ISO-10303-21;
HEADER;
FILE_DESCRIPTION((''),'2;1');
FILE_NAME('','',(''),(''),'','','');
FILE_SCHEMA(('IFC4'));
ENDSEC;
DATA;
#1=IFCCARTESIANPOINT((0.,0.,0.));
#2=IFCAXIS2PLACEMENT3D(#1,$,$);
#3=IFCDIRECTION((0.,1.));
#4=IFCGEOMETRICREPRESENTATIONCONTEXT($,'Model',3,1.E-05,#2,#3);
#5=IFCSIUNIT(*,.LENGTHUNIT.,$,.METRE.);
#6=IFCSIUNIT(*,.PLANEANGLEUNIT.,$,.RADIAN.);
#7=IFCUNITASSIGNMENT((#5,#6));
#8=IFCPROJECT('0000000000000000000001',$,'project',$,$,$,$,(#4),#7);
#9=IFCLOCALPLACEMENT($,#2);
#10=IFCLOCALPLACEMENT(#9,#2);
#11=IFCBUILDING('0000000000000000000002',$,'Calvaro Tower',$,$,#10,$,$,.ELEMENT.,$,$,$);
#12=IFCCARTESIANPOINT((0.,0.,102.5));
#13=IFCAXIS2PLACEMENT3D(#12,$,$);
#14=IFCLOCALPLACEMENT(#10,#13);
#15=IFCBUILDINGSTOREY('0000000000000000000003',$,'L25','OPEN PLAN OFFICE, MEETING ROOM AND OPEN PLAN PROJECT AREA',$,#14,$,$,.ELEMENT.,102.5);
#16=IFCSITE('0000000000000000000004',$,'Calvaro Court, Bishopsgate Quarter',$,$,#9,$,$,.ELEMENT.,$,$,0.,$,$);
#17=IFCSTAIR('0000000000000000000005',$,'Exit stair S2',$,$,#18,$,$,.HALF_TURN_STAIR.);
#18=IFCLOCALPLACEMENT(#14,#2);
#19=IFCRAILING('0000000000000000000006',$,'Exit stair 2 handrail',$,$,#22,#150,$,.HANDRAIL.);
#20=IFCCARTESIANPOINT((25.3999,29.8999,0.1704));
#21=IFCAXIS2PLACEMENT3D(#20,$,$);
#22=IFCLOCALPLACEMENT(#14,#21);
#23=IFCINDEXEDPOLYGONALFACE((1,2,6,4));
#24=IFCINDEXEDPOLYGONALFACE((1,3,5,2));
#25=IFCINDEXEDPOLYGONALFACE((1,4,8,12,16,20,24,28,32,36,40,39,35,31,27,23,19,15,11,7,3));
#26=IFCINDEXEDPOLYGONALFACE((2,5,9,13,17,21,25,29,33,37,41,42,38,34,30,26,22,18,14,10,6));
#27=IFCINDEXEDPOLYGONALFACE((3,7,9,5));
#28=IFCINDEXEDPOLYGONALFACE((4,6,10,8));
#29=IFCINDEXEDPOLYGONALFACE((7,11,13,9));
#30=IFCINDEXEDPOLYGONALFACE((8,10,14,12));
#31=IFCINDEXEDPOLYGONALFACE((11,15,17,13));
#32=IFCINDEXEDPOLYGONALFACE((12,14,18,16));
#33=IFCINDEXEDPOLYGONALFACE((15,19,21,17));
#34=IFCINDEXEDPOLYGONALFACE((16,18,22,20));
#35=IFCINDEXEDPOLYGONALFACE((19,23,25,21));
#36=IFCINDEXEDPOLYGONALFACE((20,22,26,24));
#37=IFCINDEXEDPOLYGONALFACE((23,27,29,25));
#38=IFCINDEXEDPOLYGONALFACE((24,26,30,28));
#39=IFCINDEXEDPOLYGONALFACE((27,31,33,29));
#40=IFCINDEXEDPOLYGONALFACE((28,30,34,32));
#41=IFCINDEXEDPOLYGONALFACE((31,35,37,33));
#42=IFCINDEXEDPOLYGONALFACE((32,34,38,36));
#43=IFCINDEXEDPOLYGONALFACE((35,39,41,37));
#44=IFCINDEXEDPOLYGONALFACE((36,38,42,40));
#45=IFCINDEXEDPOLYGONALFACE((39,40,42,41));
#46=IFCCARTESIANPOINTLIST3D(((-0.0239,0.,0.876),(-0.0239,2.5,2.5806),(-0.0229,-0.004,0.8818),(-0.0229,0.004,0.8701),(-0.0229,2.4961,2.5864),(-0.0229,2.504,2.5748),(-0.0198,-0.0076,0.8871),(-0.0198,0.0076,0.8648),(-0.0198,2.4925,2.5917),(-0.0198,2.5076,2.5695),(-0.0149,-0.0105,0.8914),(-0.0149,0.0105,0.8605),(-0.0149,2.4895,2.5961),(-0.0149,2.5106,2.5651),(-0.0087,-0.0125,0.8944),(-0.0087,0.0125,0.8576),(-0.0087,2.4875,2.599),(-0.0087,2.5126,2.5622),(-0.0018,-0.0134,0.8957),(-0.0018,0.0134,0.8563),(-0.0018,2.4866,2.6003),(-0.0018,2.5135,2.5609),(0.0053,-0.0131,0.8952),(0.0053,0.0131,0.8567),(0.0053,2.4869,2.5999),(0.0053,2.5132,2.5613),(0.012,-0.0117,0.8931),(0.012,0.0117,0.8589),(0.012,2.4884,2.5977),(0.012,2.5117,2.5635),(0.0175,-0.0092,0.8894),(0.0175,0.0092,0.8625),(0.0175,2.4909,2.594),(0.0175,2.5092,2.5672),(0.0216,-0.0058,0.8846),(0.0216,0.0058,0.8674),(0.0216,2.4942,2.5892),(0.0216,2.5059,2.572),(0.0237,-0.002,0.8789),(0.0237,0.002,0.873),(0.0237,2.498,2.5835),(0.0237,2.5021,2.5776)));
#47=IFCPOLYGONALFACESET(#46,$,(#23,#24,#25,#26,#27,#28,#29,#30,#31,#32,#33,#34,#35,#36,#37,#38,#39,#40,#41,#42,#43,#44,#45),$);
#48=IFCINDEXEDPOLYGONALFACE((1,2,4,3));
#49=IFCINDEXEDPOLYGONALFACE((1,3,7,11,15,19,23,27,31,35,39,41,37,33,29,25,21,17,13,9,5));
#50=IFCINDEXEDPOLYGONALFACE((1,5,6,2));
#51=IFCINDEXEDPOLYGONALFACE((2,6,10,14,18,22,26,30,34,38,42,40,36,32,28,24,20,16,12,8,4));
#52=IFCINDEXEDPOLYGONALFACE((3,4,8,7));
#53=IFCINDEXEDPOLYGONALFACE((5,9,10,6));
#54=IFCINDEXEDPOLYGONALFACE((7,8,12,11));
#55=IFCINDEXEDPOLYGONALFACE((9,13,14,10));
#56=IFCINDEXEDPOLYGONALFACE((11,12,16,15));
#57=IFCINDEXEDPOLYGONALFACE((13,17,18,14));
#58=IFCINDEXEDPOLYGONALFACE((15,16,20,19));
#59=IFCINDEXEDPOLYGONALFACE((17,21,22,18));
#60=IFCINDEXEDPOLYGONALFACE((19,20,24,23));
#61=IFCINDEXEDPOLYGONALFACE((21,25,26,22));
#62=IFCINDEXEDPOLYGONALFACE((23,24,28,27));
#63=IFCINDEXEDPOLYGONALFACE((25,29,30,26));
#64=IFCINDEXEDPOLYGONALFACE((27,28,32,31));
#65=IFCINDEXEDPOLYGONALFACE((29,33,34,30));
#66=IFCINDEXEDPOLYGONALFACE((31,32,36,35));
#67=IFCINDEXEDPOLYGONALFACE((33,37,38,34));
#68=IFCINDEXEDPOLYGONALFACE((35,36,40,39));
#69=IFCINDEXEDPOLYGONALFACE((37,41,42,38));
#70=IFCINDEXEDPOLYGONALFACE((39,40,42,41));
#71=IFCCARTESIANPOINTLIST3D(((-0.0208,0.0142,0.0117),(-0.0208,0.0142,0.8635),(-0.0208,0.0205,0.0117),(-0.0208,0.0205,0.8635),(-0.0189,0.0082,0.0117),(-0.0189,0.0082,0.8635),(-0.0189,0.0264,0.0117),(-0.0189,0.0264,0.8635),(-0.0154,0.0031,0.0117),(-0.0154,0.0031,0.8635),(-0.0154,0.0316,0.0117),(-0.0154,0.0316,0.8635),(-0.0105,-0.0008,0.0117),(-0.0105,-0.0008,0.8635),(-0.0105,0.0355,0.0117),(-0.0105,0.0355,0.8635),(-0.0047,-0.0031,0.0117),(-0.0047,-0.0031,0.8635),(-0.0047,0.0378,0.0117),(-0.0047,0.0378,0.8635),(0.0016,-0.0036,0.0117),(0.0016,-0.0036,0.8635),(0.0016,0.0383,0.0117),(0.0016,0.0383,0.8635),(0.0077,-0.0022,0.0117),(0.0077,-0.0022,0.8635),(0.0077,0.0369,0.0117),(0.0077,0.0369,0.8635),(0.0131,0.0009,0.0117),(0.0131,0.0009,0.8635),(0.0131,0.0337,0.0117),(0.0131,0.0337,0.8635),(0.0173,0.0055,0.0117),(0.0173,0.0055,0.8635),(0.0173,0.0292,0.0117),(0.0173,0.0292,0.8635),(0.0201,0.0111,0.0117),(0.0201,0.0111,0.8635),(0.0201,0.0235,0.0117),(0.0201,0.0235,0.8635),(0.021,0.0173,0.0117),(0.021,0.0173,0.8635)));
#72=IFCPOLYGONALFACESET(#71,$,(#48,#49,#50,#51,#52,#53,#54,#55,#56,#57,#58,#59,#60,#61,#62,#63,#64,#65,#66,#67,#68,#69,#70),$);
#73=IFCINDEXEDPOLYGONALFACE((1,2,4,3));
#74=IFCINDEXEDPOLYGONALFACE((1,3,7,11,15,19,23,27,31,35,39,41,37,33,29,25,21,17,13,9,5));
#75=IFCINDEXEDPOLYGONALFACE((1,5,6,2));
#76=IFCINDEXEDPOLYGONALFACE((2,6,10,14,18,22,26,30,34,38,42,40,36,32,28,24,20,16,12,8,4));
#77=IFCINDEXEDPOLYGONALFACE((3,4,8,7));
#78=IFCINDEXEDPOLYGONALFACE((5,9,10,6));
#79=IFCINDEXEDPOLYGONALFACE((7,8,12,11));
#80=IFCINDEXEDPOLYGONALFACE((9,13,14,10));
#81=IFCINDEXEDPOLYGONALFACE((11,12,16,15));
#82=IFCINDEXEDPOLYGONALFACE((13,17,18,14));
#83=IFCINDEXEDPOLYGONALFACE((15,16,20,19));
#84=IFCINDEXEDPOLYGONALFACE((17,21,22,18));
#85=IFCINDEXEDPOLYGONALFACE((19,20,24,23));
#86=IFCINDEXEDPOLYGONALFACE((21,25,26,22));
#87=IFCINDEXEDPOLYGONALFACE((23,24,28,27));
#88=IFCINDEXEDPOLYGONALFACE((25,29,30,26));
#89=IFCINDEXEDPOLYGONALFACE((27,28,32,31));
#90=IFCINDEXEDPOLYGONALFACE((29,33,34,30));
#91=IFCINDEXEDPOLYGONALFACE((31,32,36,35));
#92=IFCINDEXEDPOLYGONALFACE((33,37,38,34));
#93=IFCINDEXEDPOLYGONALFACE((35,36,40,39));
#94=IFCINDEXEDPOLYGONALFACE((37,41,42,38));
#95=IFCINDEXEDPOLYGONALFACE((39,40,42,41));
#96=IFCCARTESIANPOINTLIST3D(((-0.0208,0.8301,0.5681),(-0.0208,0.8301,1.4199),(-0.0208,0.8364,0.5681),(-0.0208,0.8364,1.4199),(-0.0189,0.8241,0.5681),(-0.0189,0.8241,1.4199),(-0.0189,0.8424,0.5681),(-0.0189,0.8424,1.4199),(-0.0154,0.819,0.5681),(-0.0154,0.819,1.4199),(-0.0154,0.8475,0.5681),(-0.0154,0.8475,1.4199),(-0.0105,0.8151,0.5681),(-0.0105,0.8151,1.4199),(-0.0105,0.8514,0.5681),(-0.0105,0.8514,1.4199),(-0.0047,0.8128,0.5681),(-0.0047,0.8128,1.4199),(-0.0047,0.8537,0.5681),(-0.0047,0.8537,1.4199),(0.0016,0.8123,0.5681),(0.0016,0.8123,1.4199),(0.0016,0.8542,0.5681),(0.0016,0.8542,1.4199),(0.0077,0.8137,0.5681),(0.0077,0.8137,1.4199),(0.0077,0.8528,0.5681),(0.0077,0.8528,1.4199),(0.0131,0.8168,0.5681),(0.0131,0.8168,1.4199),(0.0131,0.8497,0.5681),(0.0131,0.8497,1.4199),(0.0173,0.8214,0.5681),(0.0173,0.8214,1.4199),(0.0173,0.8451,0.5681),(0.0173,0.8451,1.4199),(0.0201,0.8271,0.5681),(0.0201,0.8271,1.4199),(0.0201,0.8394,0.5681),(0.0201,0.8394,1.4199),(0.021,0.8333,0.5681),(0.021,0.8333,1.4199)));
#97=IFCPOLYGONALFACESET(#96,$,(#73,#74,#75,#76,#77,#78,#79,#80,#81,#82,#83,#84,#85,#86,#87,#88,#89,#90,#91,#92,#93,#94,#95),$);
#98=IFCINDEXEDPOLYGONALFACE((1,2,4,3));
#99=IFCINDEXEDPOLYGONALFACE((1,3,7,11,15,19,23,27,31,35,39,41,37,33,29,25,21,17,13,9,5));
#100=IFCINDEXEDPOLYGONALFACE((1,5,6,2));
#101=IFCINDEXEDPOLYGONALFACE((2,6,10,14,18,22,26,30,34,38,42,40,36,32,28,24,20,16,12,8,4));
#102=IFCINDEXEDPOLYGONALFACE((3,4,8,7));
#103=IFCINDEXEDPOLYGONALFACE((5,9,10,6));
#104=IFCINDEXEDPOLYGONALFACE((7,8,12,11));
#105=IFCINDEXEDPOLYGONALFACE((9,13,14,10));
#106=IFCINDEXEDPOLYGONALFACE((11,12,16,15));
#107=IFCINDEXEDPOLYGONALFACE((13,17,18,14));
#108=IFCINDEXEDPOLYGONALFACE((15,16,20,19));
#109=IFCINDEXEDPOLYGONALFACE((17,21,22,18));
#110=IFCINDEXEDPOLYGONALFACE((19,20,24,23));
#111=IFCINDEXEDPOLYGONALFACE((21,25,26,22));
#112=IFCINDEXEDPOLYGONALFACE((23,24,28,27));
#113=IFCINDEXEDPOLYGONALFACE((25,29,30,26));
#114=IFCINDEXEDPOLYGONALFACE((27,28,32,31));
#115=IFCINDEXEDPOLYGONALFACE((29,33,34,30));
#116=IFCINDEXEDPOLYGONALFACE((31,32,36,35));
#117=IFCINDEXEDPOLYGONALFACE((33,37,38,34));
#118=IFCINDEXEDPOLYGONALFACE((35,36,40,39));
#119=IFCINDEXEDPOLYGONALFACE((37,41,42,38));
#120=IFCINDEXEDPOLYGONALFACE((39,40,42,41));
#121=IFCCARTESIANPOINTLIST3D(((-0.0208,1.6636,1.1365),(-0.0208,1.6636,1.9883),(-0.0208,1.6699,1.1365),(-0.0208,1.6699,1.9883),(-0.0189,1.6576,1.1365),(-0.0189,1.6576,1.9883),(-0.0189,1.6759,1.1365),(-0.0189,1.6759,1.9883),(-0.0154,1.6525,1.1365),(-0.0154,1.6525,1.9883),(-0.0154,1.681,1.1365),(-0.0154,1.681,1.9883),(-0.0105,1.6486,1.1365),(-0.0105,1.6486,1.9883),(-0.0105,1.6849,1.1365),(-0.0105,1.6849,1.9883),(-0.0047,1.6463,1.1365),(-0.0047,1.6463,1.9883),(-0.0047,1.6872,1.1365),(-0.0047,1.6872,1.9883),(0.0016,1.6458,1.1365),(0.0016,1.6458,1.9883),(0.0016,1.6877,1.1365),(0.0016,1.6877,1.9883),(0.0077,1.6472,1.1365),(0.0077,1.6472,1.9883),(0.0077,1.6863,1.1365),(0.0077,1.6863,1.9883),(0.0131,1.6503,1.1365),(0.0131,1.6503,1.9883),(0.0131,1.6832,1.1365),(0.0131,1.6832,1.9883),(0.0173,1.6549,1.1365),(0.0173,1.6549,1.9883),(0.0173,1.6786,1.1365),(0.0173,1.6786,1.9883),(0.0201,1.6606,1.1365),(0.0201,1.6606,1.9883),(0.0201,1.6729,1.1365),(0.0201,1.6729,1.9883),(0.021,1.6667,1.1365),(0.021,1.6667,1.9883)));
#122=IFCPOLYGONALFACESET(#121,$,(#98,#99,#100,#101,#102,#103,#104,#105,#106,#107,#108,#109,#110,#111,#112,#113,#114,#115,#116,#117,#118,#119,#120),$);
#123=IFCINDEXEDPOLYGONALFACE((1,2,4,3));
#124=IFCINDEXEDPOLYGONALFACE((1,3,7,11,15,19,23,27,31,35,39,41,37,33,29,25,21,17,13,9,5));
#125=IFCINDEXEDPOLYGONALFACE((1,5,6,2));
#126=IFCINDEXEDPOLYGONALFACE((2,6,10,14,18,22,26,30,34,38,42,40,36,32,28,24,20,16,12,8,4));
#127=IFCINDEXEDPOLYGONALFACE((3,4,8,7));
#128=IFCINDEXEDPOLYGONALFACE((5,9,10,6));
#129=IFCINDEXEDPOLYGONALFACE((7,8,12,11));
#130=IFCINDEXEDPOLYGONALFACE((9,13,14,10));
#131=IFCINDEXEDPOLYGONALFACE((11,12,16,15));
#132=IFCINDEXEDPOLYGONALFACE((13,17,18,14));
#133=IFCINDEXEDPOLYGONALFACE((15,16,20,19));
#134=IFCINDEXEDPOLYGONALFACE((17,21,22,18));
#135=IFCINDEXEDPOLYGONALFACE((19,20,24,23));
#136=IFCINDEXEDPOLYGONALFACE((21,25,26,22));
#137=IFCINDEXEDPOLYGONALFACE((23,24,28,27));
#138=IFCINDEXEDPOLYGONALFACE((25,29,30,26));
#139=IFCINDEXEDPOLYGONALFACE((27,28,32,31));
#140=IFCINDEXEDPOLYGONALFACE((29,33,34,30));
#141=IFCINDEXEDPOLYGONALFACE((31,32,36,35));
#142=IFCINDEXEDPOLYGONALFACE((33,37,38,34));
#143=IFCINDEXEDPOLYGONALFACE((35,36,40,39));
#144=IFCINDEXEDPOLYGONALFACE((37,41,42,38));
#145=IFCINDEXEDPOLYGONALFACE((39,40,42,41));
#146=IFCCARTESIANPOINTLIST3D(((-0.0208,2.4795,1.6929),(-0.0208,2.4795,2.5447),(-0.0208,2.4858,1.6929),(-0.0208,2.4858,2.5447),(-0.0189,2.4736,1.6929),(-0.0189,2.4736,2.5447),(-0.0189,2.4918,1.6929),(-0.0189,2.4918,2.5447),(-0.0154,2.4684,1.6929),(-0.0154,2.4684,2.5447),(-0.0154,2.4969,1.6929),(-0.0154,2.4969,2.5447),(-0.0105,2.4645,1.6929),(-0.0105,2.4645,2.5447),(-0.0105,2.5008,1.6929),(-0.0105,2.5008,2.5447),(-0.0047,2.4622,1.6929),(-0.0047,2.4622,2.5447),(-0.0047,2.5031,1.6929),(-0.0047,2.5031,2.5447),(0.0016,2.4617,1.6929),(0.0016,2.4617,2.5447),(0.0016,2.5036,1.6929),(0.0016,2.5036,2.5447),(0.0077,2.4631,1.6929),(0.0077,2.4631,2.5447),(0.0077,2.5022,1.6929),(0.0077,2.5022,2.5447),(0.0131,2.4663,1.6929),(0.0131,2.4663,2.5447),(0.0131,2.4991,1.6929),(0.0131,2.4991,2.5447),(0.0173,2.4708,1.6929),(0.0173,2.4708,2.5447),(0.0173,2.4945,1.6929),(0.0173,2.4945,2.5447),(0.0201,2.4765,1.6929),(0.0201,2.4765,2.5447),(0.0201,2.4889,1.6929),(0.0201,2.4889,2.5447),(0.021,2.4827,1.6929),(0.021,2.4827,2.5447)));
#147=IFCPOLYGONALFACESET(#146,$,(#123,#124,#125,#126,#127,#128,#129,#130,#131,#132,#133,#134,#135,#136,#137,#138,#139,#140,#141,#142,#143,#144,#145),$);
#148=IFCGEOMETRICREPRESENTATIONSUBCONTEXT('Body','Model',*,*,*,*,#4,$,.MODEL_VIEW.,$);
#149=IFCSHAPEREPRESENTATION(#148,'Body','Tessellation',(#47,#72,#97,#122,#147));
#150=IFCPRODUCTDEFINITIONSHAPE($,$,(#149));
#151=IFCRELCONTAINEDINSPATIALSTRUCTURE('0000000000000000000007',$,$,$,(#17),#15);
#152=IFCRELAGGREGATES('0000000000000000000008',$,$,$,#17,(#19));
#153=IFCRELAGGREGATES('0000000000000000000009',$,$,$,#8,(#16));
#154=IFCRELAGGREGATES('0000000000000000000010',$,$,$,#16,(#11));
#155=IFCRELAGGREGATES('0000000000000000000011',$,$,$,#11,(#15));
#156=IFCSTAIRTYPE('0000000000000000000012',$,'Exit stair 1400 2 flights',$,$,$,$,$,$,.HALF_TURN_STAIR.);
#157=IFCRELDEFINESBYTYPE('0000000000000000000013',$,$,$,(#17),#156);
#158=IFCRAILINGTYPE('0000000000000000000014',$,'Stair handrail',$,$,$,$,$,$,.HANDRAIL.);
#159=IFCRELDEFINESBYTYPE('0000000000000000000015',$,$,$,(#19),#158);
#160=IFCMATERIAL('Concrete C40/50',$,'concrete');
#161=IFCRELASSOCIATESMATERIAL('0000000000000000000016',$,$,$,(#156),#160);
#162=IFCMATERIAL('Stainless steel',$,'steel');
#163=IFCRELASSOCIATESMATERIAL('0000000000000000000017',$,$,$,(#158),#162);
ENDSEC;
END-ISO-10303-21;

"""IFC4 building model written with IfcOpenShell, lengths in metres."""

from ifc_helpers import new_model, si_unit, direction, frame, origin, origin_2d, place, context, subcontext, project, spatial, circle, extrude, material, type_object, element, aggregate, save


model = new_model("IFC4")

# Units and contexts
model_context = context("Model", 3, precision=1e-05, world=origin(), true_north=direction((0.0, 1.0)))
body_context = subcontext(model_context, "Body", "Model", "MODEL_VIEW")
ifc_project = project(units=[si_unit("LENGTHUNIT", "METRE"), si_unit("PLANEANGLEUNIT", "RADIAN")], contexts=[model_context])

# Site, building, storey
site_placement = place(None, origin())
site = spatial("IfcSite", under=ifc_project, at=site_placement, Name="Calvaro Court, Bishopsgate Quarter", CompositionType="ELEMENT", RefElevation=0.0)
building_placement = place(site_placement, origin())
building = spatial("IfcBuilding", under=site, at=building_placement, Name="Calvaro Tower", CompositionType="ELEMENT")
storey_placement = place(building_placement, frame((0.0, 0.0, 102.5)))
storey = spatial("IfcBuildingStorey", under=building, at=storey_placement, Name="L25", Description="OPEN PLAN OFFICE, MEETING ROOM AND OPEN PLAN PROJECT AREA", CompositionType="ELEMENT", Elevation=102.5)

# Stair, railing
ifc_material_1 = material(Name="Concrete C40/50", Category="concrete")
stair_type = type_object("IfcStairType", Name="Exit stair 1400 2 flights", PredefinedType="HALF_TURN_STAIR", material=ifc_material_1)
stair_placement = place(storey_placement, origin())
stair = element("IfcStair", 1, at=stair_placement, inside=storey, type_object=stair_type, Name="Exit stair S2", PredefinedType="HALF_TURN_STAIR")
ifc_material_2 = material(Name="Stainless steel", Category="steel")
railing_type = type_object("IfcRailingType", Name="Stair handrail", PredefinedType="HANDRAIL", material=ifc_material_2)
railing_1_placement = place(storey_placement, frame((25.3999, 29.8999, 0.1704)))
railing_1 = element("IfcRailing", 2, at=railing_1_placement, type_object=railing_type, Name="Exit stair 2 handrail", PredefinedType="HANDRAIL", context=body_context, shape_type="SweptSolid", body=[
    extrude(circle(Radius=0.0239, at=origin_2d()), frame((0.0, 0.0, 0.876), z_axis=(0.0, 0.826221, 0.563347), x_axis=(-1.0, 0.0, 0.0)), (0.0, 0.0, 1.0), 3.0259),
    extrude(circle(Radius=0.021, at=origin_2d()), frame((0.0, 0.0173, 0.0117)), (0.0, 0.0, 1.0), 0.8518),
    extrude(circle(Radius=0.021, at=origin_2d()), frame((0.0, 0.8333, 0.5681)), (0.0, 0.0, 1.0), 0.8518),
    extrude(circle(Radius=0.021, at=origin_2d()), frame((0.0, 1.6667, 1.1365)), (0.0, 0.0, 1.0), 0.8518),
    extrude(circle(Radius=0.021, at=origin_2d()), frame((0.0, 2.4827, 1.6929)), (0.0, 0.0, 1.0), 0.8518),
])
aggregate(stair, [railing_1])

save(model, "model.ifc")
